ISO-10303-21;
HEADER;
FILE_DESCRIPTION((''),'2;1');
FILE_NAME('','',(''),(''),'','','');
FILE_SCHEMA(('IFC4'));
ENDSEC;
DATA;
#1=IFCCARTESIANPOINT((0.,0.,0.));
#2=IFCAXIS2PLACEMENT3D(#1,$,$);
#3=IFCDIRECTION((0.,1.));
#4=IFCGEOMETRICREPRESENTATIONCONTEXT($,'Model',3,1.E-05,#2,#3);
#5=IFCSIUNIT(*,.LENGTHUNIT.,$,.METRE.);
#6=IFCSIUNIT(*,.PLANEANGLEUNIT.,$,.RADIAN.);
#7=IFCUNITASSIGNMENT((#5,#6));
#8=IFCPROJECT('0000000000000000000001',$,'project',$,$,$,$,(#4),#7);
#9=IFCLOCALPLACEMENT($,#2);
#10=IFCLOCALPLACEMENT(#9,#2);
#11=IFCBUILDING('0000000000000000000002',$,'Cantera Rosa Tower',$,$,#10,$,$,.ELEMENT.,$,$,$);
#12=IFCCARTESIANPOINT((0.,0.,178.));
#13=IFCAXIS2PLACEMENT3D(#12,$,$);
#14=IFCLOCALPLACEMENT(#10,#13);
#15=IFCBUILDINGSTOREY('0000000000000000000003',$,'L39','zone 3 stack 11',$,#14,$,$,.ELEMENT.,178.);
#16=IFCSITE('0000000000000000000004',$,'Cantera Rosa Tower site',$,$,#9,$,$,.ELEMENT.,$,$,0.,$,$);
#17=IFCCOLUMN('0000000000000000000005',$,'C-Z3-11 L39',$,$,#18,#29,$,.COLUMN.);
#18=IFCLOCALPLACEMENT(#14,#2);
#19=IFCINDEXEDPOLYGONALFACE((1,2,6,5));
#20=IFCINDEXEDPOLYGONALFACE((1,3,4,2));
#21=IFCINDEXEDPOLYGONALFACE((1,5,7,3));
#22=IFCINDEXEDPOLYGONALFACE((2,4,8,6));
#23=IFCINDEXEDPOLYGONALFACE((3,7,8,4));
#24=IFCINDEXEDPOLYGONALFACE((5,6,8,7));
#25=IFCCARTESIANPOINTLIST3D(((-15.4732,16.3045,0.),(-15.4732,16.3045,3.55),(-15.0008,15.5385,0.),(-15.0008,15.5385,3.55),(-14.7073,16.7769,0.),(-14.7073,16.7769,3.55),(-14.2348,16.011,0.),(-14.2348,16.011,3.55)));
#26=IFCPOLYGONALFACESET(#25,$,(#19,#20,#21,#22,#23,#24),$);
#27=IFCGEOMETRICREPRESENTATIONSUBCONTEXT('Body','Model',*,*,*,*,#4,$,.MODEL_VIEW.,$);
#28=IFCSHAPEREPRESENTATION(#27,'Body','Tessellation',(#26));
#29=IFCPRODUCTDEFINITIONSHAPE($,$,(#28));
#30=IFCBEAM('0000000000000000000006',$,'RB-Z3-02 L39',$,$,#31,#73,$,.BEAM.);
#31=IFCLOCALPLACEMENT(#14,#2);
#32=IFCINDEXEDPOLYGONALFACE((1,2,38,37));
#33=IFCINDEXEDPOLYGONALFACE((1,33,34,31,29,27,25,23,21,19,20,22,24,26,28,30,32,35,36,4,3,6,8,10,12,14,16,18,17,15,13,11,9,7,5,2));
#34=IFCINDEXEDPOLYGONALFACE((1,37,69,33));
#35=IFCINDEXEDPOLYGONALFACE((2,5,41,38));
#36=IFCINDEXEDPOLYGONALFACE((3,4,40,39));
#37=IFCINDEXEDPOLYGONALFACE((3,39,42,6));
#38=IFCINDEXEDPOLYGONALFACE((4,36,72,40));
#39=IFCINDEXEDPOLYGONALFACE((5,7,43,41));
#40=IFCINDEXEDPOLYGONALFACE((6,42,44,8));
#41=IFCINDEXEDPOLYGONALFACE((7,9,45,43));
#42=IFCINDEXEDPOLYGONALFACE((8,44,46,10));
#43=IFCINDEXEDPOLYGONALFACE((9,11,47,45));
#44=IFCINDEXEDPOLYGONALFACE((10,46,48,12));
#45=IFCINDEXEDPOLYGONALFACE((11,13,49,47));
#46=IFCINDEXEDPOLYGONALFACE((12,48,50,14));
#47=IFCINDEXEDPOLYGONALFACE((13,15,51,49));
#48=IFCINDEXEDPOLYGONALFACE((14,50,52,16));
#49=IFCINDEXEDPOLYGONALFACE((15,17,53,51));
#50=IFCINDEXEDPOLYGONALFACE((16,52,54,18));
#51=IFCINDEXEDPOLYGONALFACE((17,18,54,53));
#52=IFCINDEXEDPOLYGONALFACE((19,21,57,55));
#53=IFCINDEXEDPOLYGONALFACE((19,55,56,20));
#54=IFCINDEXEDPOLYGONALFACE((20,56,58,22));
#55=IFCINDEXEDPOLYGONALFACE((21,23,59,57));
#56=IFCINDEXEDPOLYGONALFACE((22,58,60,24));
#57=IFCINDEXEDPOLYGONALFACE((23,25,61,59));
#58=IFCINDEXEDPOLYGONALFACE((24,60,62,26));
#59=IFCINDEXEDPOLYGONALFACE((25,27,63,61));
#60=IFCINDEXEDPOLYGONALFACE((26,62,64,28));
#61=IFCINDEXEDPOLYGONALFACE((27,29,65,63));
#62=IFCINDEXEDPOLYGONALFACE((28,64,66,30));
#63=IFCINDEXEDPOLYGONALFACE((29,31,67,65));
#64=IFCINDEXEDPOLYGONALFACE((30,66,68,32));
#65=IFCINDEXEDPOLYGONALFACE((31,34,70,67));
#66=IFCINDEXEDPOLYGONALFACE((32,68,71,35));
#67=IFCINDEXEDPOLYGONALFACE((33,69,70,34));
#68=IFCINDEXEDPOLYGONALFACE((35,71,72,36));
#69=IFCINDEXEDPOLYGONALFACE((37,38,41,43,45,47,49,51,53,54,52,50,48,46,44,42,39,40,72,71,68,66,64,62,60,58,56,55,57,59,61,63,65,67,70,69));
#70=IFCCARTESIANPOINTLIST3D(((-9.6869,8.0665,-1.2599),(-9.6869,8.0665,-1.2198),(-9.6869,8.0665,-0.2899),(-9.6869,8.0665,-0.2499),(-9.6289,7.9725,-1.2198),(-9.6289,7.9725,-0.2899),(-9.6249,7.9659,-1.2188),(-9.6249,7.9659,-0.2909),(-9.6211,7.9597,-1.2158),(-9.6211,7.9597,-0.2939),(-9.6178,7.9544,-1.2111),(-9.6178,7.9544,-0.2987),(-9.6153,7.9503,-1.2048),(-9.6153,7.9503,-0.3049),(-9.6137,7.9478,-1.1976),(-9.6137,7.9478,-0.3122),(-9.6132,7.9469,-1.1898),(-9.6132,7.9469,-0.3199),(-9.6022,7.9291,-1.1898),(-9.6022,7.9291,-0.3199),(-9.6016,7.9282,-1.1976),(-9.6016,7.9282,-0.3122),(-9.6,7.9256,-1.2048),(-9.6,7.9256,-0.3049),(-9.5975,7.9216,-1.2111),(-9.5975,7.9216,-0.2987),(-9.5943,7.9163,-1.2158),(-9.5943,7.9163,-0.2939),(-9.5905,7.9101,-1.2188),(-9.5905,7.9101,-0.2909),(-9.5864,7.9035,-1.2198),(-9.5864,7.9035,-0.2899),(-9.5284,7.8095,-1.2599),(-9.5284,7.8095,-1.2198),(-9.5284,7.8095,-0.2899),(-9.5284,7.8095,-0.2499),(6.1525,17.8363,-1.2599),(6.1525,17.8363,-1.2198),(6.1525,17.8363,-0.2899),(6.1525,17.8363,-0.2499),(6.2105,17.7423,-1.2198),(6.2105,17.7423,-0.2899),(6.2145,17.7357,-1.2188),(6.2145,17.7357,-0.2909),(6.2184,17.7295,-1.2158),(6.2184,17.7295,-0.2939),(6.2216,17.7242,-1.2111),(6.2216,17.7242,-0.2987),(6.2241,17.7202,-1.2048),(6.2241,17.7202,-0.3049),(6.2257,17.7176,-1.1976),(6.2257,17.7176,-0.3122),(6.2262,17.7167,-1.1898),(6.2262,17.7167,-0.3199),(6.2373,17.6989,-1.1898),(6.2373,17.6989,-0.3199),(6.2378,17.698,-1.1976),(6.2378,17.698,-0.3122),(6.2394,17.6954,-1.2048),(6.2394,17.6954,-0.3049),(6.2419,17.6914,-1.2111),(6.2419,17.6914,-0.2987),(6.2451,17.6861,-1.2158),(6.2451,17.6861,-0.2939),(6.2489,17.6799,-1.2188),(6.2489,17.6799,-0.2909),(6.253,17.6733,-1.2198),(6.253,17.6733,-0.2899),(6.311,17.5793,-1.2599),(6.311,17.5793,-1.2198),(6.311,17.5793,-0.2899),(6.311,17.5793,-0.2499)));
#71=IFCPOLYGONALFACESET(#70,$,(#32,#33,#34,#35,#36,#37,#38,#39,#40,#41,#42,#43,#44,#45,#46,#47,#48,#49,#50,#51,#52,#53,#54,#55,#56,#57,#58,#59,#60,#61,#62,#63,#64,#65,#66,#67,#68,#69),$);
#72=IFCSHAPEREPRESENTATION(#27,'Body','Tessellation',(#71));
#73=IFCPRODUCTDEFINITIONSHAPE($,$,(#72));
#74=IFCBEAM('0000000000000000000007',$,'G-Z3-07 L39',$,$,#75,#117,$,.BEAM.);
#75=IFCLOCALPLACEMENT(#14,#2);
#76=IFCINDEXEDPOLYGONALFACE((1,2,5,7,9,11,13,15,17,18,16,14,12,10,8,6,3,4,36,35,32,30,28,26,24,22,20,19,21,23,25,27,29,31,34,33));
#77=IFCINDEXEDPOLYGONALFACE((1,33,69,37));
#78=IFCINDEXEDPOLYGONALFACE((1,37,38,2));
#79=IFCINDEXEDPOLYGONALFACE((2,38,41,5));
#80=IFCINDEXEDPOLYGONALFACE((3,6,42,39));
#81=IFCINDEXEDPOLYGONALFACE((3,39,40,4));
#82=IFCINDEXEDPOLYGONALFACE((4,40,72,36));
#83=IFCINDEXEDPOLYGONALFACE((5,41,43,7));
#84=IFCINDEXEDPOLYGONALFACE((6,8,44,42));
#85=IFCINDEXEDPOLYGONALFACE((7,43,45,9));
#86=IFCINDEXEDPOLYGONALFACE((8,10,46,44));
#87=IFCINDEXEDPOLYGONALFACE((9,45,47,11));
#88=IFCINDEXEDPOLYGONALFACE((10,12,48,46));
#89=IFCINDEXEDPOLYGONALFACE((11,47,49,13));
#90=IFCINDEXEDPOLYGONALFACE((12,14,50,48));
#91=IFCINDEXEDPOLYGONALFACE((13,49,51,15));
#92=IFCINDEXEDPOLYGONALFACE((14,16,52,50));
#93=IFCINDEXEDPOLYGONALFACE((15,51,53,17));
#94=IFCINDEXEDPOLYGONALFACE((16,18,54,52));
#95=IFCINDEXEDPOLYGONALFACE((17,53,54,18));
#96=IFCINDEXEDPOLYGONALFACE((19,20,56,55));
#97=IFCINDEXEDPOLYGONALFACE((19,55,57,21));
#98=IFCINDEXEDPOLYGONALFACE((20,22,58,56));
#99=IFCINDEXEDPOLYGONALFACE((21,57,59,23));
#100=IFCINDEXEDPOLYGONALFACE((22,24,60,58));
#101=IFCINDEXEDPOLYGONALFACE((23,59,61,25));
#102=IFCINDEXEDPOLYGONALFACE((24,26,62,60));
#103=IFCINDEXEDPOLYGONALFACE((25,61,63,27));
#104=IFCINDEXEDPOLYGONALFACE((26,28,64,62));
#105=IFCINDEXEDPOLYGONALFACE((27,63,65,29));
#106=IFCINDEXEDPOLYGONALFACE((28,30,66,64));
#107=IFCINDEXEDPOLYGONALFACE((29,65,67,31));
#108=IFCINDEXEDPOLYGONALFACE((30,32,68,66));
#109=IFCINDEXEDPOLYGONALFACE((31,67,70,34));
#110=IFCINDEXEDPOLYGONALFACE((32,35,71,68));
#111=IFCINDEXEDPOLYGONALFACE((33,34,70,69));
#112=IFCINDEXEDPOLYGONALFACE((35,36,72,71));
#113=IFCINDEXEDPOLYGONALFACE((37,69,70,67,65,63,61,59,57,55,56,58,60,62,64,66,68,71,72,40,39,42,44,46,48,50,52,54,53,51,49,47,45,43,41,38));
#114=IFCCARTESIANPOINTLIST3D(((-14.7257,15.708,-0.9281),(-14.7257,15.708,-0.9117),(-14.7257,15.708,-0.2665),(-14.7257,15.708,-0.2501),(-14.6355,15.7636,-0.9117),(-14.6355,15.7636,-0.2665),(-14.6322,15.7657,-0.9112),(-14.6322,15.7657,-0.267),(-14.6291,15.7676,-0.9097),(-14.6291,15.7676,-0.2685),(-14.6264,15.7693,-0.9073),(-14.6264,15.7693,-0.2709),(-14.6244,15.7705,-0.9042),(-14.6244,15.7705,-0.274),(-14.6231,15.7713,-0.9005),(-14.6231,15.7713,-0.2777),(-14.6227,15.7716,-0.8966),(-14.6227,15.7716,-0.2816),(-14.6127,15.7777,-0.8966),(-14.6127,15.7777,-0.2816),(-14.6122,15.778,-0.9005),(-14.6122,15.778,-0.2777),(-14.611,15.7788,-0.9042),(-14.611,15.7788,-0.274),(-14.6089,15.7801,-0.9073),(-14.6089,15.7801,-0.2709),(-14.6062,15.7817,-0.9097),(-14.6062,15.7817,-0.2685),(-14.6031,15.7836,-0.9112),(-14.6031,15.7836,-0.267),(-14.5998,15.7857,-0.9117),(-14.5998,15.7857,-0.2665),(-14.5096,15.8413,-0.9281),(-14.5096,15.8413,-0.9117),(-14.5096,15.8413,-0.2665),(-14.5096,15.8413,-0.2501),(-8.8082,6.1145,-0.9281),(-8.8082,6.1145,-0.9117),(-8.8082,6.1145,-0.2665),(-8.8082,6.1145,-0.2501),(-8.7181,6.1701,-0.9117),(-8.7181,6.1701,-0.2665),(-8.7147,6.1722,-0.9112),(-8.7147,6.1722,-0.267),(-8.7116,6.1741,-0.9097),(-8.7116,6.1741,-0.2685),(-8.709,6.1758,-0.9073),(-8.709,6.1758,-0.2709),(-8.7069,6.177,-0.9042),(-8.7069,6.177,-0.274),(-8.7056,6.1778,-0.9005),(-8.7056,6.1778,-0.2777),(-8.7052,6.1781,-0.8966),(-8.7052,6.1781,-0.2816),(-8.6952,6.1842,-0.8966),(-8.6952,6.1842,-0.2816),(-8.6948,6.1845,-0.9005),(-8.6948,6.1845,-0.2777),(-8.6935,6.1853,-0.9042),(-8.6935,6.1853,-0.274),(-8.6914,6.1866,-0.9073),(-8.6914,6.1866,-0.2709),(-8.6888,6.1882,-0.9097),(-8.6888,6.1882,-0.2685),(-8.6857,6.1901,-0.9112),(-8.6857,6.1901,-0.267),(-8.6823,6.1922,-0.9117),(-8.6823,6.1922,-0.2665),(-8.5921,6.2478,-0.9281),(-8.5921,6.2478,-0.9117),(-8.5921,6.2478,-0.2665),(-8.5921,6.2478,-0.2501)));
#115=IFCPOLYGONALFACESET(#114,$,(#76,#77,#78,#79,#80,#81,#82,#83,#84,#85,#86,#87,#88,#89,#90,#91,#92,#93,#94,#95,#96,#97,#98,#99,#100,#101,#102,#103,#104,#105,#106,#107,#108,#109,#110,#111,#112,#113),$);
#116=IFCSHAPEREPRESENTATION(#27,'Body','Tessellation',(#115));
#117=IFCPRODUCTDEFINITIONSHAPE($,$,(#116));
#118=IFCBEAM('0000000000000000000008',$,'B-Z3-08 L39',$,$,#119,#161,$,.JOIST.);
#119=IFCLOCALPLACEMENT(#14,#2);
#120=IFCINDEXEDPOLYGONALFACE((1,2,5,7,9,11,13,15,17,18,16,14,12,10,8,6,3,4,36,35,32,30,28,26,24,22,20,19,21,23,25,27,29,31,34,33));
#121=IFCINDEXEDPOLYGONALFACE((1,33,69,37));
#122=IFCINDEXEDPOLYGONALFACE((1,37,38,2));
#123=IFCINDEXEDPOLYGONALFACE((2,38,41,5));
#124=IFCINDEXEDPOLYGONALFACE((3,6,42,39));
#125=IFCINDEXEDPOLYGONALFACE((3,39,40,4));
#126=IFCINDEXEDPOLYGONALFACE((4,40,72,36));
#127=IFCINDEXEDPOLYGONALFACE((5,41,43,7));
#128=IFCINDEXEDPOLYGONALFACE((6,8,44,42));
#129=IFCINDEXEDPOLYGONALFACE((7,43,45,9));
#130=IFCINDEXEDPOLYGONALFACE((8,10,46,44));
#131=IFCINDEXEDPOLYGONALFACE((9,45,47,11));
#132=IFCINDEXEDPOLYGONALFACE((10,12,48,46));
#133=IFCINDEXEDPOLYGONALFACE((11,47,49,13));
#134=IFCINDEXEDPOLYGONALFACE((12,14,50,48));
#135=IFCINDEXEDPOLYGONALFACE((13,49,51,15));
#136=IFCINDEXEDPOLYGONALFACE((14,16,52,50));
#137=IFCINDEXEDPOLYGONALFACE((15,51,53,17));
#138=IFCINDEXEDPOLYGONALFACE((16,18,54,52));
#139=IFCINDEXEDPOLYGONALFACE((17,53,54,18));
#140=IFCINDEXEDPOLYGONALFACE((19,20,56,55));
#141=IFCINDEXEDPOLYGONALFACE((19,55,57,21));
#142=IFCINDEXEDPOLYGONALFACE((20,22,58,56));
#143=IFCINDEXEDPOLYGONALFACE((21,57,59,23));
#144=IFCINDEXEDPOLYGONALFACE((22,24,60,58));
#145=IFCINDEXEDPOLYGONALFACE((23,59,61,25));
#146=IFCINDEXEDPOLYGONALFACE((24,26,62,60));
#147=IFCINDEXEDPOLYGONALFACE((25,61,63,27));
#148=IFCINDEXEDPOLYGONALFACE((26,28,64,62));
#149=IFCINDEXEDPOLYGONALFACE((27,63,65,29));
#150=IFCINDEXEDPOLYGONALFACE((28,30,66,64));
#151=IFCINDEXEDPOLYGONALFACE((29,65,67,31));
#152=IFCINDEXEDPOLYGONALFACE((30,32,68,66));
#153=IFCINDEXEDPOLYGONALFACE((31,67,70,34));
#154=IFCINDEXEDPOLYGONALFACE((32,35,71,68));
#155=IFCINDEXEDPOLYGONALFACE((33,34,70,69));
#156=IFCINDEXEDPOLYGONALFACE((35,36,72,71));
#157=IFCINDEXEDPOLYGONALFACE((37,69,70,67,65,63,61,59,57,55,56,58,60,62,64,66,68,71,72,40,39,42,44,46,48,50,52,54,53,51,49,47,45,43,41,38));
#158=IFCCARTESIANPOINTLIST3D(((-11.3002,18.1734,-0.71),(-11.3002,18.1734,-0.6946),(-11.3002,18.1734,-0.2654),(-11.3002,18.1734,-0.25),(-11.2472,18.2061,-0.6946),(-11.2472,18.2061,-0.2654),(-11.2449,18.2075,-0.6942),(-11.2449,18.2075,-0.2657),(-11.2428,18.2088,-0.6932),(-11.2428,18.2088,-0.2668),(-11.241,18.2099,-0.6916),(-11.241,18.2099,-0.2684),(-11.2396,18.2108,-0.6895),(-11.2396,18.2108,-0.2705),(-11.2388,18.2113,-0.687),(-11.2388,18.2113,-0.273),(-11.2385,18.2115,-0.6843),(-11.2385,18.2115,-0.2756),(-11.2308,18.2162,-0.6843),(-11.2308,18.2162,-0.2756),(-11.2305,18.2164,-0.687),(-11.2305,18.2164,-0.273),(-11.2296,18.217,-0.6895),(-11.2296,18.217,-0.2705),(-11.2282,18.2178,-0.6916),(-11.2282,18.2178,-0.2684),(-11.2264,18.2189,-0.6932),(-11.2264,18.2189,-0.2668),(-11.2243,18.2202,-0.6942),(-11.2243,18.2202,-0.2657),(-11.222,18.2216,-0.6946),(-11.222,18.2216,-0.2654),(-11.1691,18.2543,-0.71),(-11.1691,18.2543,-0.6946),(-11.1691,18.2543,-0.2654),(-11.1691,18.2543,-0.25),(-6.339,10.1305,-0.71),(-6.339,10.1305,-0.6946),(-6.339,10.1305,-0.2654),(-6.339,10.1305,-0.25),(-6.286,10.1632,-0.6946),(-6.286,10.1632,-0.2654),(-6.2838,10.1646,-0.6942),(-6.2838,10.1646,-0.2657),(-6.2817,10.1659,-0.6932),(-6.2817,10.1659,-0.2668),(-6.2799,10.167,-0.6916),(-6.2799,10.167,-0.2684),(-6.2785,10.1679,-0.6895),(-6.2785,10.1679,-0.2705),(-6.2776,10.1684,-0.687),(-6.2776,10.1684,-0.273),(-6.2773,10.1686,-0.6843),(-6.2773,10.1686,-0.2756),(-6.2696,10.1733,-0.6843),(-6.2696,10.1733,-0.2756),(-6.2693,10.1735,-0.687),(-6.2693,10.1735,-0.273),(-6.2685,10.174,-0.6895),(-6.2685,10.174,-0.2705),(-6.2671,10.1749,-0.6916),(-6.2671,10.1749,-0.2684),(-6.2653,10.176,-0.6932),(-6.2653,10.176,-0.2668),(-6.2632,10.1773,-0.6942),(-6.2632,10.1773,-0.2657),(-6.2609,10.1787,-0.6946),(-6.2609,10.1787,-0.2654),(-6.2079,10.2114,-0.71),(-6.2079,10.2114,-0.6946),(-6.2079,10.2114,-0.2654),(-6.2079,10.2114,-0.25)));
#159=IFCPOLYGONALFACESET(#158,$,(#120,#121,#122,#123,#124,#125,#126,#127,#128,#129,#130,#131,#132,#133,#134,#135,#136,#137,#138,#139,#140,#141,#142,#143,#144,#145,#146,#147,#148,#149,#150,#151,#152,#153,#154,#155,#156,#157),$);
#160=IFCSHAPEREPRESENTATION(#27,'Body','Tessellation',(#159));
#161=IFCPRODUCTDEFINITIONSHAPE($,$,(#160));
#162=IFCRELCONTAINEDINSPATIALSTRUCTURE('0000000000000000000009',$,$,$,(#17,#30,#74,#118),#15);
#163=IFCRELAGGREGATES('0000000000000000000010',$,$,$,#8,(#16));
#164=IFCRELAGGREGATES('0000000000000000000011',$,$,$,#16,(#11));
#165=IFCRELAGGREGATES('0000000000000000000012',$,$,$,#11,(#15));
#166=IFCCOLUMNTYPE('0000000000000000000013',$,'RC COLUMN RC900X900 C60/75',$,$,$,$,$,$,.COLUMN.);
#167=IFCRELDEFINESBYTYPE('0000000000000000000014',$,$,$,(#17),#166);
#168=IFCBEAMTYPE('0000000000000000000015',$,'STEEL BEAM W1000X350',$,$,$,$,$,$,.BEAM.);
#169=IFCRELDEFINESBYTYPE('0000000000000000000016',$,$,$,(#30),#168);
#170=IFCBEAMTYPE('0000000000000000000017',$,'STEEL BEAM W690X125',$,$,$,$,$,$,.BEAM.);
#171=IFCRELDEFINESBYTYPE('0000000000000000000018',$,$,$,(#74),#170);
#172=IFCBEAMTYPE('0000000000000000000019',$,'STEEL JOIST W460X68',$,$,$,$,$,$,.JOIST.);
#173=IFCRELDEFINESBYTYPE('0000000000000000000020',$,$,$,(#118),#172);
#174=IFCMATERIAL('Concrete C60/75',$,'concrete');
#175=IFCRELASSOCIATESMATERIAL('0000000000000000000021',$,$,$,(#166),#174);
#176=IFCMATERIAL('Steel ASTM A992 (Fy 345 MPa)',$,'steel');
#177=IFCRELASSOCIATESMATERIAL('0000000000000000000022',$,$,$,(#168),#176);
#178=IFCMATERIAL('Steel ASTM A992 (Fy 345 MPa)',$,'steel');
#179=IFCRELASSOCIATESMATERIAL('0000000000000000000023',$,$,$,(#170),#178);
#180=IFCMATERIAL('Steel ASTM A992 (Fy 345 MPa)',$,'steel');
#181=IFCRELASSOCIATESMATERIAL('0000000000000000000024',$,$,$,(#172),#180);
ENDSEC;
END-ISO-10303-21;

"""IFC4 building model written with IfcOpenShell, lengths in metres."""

from ifc_helpers import new_model, si_unit, direction, frame, origin, origin_2d, place, context, subcontext, project, spatial, rectangle, i_section, extrude, material, material_profile, profile_set, type_object, element, save


model = new_model("IFC4")

# Units and contexts
model_context = context("Model", 3, precision=1e-05, world=origin(), true_north=direction((0.0, 1.0)))
body_context = subcontext(model_context, "Body", "Model", "MODEL_VIEW")
ifc_project = project(units=[si_unit("LENGTHUNIT", "METRE"), si_unit("PLANEANGLEUNIT", "RADIAN")], contexts=[model_context])

# Site, building, storey
site_placement = place(None, origin())
site = spatial("IfcSite", under=ifc_project, at=site_placement, Name="Cantera Rosa Tower site", CompositionType="ELEMENT", RefElevation=0.0)
building_placement = place(site_placement, origin())
building = spatial("IfcBuilding", under=site, at=building_placement, Name="Cantera Rosa Tower", CompositionType="ELEMENT")
storey_placement = place(building_placement, frame((0.0, 0.0, 178.0)))
storey = spatial("IfcBuildingStorey", under=building, at=storey_placement, Name="L39", Description="zone 3 stack 11", CompositionType="ELEMENT", Elevation=178.0)

# Column
ifc_material_1 = material(Name="Concrete C60/75", Category="concrete")
ifc_material_profile_1 = material_profile(ifc_material_1, rectangle(XDim=0.8999, YDim=0.8999, at=origin_2d()), Name="RC COLUMN RC900X900 C60/75")
ifc_profile_set_1 = profile_set([ifc_material_profile_1], Name="Concrete C60/75")
column_type = type_object("IfcColumnType", Name="RC COLUMN RC900X900 C60/75", PredefinedType="COLUMN", material=ifc_profile_set_1)
column_placement = place(storey_placement, frame((-14.854, 16.1577, 0.0), z_axis=(0.0, 0.0, 1.0), x_axis=(0.851117, 0.524977, 0.0)))
element("IfcColumn", 1, at=column_placement, inside=storey, type_object=column_type, Name="C-Z3-11 L39", PredefinedType="COLUMN", context=body_context, shape_type="SweptSolid", body=[
    extrude(rectangle(XDim=0.8999, YDim=0.8999, at=origin_2d()), origin(), (0.0, 0.0, 1.0), 3.55),
])

# Beams
ifc_material_2 = material(Name="Steel ASTM A992 (Fy 345 MPa)", Category="steel")
ifc_material_profile_2 = material_profile(ifc_material_2, i_section(OverallWidth=0.302, OverallDepth=1.01, WebThickness=0.021, FlangeThickness=0.04, FilletRadius=0.03, at=origin_2d()), Name="W1000X350")
ifc_profile_set_2 = profile_set([ifc_material_profile_2], Name="Steel ASTM A992 (Fy 345 MPa)")
beam_type_1 = type_object("IfcBeamType", Name="STEEL BEAM W1000X350", PredefinedType="BEAM", material=ifc_profile_set_2)
beam_1_placement = place(storey_placement, frame((-9.6077, 7.938, -0.7549), z_axis=(0.851119, 0.524973, 0.0), x_axis=(-0.524973, 0.851119, 0.0)))
element("IfcBeam", 2, at=beam_1_placement, inside=storey, type_object=beam_type_1, Name="RB-Z3-02 L39", PredefinedType="BEAM", context=body_context, shape_type="SweptSolid", body=[
    extrude(i_section(OverallWidth=0.302, OverallDepth=1.01, WebThickness=0.021, FlangeThickness=0.04, FilletRadius=0.03, at=origin_2d()), origin(), (0.0, 0.0, 1.0), 18.6101),
])
ifc_material_3 = material(Name="Steel ASTM A992 (Fy 345 MPa)", Category="steel")
ifc_material_profile_3 = material_profile(ifc_material_3, i_section(OverallWidth=0.2539, OverallDepth=0.678, WebThickness=0.0117, FlangeThickness=0.0164, FilletRadius=0.0151, at=origin_2d()), Name="W690X125")
ifc_profile_set_3 = profile_set([ifc_material_profile_3], Name="Steel ASTM A992 (Fy 345 MPa)")
beam_type_2 = type_object("IfcBeamType", Name="STEEL BEAM W690X125", PredefinedType="BEAM", material=ifc_profile_set_3)
beam_2_placement = place(storey_placement, frame((-14.6177, 15.7747, -0.5891), z_axis=(0.524984, -0.851112, 0.0), x_axis=(0.851112, 0.524984, 0.0)))
element("IfcBeam", 3, at=beam_2_placement, inside=storey, type_object=beam_type_2, Name="G-Z3-07 L39", PredefinedType="BEAM", context=body_context, shape_type="SweptSolid", body=[
    extrude(i_section(OverallWidth=0.2539, OverallDepth=0.678, WebThickness=0.0117, FlangeThickness=0.0164, FilletRadius=0.0151, at=origin_2d()), origin(), (0.0, 0.0, 1.0), 11.2717),
])
ifc_material_4 = material(Name="Steel ASTM A992 (Fy 345 MPa)", Category="steel")
ifc_material_profile_4 = material_profile(ifc_material_4, i_section(OverallWidth=0.1541, OverallDepth=0.46, WebThickness=0.009, FlangeThickness=0.0154, FilletRadius=0.0103, at=origin_2d()), Name="W460X68")
ifc_profile_set_4 = profile_set([ifc_material_profile_4], Name="Steel ASTM A992 (Fy 345 MPa)")
beam_type_3 = type_object("IfcBeamType", Name="STEEL JOIST W460X68", PredefinedType="JOIST", material=ifc_profile_set_4)
beam_3_placement = place(storey_placement, frame((-11.2346, 18.2139, -0.48), z_axis=(0.524992, -0.851107, 0.0), x_axis=(0.851107, 0.524992, 0.0)))
element("IfcBeam", 4, at=beam_3_placement, inside=storey, type_object=beam_type_3, Name="B-Z3-08 L39", PredefinedType="JOIST", context=body_context, shape_type="SweptSolid", body=[
    extrude(i_section(OverallWidth=0.1541, OverallDepth=0.46, WebThickness=0.009, FlangeThickness=0.0154, FilletRadius=0.0103, at=origin_2d()), origin(), (0.0, 0.0, 1.0), 9.45),
])

save(model, "model.ifc")
